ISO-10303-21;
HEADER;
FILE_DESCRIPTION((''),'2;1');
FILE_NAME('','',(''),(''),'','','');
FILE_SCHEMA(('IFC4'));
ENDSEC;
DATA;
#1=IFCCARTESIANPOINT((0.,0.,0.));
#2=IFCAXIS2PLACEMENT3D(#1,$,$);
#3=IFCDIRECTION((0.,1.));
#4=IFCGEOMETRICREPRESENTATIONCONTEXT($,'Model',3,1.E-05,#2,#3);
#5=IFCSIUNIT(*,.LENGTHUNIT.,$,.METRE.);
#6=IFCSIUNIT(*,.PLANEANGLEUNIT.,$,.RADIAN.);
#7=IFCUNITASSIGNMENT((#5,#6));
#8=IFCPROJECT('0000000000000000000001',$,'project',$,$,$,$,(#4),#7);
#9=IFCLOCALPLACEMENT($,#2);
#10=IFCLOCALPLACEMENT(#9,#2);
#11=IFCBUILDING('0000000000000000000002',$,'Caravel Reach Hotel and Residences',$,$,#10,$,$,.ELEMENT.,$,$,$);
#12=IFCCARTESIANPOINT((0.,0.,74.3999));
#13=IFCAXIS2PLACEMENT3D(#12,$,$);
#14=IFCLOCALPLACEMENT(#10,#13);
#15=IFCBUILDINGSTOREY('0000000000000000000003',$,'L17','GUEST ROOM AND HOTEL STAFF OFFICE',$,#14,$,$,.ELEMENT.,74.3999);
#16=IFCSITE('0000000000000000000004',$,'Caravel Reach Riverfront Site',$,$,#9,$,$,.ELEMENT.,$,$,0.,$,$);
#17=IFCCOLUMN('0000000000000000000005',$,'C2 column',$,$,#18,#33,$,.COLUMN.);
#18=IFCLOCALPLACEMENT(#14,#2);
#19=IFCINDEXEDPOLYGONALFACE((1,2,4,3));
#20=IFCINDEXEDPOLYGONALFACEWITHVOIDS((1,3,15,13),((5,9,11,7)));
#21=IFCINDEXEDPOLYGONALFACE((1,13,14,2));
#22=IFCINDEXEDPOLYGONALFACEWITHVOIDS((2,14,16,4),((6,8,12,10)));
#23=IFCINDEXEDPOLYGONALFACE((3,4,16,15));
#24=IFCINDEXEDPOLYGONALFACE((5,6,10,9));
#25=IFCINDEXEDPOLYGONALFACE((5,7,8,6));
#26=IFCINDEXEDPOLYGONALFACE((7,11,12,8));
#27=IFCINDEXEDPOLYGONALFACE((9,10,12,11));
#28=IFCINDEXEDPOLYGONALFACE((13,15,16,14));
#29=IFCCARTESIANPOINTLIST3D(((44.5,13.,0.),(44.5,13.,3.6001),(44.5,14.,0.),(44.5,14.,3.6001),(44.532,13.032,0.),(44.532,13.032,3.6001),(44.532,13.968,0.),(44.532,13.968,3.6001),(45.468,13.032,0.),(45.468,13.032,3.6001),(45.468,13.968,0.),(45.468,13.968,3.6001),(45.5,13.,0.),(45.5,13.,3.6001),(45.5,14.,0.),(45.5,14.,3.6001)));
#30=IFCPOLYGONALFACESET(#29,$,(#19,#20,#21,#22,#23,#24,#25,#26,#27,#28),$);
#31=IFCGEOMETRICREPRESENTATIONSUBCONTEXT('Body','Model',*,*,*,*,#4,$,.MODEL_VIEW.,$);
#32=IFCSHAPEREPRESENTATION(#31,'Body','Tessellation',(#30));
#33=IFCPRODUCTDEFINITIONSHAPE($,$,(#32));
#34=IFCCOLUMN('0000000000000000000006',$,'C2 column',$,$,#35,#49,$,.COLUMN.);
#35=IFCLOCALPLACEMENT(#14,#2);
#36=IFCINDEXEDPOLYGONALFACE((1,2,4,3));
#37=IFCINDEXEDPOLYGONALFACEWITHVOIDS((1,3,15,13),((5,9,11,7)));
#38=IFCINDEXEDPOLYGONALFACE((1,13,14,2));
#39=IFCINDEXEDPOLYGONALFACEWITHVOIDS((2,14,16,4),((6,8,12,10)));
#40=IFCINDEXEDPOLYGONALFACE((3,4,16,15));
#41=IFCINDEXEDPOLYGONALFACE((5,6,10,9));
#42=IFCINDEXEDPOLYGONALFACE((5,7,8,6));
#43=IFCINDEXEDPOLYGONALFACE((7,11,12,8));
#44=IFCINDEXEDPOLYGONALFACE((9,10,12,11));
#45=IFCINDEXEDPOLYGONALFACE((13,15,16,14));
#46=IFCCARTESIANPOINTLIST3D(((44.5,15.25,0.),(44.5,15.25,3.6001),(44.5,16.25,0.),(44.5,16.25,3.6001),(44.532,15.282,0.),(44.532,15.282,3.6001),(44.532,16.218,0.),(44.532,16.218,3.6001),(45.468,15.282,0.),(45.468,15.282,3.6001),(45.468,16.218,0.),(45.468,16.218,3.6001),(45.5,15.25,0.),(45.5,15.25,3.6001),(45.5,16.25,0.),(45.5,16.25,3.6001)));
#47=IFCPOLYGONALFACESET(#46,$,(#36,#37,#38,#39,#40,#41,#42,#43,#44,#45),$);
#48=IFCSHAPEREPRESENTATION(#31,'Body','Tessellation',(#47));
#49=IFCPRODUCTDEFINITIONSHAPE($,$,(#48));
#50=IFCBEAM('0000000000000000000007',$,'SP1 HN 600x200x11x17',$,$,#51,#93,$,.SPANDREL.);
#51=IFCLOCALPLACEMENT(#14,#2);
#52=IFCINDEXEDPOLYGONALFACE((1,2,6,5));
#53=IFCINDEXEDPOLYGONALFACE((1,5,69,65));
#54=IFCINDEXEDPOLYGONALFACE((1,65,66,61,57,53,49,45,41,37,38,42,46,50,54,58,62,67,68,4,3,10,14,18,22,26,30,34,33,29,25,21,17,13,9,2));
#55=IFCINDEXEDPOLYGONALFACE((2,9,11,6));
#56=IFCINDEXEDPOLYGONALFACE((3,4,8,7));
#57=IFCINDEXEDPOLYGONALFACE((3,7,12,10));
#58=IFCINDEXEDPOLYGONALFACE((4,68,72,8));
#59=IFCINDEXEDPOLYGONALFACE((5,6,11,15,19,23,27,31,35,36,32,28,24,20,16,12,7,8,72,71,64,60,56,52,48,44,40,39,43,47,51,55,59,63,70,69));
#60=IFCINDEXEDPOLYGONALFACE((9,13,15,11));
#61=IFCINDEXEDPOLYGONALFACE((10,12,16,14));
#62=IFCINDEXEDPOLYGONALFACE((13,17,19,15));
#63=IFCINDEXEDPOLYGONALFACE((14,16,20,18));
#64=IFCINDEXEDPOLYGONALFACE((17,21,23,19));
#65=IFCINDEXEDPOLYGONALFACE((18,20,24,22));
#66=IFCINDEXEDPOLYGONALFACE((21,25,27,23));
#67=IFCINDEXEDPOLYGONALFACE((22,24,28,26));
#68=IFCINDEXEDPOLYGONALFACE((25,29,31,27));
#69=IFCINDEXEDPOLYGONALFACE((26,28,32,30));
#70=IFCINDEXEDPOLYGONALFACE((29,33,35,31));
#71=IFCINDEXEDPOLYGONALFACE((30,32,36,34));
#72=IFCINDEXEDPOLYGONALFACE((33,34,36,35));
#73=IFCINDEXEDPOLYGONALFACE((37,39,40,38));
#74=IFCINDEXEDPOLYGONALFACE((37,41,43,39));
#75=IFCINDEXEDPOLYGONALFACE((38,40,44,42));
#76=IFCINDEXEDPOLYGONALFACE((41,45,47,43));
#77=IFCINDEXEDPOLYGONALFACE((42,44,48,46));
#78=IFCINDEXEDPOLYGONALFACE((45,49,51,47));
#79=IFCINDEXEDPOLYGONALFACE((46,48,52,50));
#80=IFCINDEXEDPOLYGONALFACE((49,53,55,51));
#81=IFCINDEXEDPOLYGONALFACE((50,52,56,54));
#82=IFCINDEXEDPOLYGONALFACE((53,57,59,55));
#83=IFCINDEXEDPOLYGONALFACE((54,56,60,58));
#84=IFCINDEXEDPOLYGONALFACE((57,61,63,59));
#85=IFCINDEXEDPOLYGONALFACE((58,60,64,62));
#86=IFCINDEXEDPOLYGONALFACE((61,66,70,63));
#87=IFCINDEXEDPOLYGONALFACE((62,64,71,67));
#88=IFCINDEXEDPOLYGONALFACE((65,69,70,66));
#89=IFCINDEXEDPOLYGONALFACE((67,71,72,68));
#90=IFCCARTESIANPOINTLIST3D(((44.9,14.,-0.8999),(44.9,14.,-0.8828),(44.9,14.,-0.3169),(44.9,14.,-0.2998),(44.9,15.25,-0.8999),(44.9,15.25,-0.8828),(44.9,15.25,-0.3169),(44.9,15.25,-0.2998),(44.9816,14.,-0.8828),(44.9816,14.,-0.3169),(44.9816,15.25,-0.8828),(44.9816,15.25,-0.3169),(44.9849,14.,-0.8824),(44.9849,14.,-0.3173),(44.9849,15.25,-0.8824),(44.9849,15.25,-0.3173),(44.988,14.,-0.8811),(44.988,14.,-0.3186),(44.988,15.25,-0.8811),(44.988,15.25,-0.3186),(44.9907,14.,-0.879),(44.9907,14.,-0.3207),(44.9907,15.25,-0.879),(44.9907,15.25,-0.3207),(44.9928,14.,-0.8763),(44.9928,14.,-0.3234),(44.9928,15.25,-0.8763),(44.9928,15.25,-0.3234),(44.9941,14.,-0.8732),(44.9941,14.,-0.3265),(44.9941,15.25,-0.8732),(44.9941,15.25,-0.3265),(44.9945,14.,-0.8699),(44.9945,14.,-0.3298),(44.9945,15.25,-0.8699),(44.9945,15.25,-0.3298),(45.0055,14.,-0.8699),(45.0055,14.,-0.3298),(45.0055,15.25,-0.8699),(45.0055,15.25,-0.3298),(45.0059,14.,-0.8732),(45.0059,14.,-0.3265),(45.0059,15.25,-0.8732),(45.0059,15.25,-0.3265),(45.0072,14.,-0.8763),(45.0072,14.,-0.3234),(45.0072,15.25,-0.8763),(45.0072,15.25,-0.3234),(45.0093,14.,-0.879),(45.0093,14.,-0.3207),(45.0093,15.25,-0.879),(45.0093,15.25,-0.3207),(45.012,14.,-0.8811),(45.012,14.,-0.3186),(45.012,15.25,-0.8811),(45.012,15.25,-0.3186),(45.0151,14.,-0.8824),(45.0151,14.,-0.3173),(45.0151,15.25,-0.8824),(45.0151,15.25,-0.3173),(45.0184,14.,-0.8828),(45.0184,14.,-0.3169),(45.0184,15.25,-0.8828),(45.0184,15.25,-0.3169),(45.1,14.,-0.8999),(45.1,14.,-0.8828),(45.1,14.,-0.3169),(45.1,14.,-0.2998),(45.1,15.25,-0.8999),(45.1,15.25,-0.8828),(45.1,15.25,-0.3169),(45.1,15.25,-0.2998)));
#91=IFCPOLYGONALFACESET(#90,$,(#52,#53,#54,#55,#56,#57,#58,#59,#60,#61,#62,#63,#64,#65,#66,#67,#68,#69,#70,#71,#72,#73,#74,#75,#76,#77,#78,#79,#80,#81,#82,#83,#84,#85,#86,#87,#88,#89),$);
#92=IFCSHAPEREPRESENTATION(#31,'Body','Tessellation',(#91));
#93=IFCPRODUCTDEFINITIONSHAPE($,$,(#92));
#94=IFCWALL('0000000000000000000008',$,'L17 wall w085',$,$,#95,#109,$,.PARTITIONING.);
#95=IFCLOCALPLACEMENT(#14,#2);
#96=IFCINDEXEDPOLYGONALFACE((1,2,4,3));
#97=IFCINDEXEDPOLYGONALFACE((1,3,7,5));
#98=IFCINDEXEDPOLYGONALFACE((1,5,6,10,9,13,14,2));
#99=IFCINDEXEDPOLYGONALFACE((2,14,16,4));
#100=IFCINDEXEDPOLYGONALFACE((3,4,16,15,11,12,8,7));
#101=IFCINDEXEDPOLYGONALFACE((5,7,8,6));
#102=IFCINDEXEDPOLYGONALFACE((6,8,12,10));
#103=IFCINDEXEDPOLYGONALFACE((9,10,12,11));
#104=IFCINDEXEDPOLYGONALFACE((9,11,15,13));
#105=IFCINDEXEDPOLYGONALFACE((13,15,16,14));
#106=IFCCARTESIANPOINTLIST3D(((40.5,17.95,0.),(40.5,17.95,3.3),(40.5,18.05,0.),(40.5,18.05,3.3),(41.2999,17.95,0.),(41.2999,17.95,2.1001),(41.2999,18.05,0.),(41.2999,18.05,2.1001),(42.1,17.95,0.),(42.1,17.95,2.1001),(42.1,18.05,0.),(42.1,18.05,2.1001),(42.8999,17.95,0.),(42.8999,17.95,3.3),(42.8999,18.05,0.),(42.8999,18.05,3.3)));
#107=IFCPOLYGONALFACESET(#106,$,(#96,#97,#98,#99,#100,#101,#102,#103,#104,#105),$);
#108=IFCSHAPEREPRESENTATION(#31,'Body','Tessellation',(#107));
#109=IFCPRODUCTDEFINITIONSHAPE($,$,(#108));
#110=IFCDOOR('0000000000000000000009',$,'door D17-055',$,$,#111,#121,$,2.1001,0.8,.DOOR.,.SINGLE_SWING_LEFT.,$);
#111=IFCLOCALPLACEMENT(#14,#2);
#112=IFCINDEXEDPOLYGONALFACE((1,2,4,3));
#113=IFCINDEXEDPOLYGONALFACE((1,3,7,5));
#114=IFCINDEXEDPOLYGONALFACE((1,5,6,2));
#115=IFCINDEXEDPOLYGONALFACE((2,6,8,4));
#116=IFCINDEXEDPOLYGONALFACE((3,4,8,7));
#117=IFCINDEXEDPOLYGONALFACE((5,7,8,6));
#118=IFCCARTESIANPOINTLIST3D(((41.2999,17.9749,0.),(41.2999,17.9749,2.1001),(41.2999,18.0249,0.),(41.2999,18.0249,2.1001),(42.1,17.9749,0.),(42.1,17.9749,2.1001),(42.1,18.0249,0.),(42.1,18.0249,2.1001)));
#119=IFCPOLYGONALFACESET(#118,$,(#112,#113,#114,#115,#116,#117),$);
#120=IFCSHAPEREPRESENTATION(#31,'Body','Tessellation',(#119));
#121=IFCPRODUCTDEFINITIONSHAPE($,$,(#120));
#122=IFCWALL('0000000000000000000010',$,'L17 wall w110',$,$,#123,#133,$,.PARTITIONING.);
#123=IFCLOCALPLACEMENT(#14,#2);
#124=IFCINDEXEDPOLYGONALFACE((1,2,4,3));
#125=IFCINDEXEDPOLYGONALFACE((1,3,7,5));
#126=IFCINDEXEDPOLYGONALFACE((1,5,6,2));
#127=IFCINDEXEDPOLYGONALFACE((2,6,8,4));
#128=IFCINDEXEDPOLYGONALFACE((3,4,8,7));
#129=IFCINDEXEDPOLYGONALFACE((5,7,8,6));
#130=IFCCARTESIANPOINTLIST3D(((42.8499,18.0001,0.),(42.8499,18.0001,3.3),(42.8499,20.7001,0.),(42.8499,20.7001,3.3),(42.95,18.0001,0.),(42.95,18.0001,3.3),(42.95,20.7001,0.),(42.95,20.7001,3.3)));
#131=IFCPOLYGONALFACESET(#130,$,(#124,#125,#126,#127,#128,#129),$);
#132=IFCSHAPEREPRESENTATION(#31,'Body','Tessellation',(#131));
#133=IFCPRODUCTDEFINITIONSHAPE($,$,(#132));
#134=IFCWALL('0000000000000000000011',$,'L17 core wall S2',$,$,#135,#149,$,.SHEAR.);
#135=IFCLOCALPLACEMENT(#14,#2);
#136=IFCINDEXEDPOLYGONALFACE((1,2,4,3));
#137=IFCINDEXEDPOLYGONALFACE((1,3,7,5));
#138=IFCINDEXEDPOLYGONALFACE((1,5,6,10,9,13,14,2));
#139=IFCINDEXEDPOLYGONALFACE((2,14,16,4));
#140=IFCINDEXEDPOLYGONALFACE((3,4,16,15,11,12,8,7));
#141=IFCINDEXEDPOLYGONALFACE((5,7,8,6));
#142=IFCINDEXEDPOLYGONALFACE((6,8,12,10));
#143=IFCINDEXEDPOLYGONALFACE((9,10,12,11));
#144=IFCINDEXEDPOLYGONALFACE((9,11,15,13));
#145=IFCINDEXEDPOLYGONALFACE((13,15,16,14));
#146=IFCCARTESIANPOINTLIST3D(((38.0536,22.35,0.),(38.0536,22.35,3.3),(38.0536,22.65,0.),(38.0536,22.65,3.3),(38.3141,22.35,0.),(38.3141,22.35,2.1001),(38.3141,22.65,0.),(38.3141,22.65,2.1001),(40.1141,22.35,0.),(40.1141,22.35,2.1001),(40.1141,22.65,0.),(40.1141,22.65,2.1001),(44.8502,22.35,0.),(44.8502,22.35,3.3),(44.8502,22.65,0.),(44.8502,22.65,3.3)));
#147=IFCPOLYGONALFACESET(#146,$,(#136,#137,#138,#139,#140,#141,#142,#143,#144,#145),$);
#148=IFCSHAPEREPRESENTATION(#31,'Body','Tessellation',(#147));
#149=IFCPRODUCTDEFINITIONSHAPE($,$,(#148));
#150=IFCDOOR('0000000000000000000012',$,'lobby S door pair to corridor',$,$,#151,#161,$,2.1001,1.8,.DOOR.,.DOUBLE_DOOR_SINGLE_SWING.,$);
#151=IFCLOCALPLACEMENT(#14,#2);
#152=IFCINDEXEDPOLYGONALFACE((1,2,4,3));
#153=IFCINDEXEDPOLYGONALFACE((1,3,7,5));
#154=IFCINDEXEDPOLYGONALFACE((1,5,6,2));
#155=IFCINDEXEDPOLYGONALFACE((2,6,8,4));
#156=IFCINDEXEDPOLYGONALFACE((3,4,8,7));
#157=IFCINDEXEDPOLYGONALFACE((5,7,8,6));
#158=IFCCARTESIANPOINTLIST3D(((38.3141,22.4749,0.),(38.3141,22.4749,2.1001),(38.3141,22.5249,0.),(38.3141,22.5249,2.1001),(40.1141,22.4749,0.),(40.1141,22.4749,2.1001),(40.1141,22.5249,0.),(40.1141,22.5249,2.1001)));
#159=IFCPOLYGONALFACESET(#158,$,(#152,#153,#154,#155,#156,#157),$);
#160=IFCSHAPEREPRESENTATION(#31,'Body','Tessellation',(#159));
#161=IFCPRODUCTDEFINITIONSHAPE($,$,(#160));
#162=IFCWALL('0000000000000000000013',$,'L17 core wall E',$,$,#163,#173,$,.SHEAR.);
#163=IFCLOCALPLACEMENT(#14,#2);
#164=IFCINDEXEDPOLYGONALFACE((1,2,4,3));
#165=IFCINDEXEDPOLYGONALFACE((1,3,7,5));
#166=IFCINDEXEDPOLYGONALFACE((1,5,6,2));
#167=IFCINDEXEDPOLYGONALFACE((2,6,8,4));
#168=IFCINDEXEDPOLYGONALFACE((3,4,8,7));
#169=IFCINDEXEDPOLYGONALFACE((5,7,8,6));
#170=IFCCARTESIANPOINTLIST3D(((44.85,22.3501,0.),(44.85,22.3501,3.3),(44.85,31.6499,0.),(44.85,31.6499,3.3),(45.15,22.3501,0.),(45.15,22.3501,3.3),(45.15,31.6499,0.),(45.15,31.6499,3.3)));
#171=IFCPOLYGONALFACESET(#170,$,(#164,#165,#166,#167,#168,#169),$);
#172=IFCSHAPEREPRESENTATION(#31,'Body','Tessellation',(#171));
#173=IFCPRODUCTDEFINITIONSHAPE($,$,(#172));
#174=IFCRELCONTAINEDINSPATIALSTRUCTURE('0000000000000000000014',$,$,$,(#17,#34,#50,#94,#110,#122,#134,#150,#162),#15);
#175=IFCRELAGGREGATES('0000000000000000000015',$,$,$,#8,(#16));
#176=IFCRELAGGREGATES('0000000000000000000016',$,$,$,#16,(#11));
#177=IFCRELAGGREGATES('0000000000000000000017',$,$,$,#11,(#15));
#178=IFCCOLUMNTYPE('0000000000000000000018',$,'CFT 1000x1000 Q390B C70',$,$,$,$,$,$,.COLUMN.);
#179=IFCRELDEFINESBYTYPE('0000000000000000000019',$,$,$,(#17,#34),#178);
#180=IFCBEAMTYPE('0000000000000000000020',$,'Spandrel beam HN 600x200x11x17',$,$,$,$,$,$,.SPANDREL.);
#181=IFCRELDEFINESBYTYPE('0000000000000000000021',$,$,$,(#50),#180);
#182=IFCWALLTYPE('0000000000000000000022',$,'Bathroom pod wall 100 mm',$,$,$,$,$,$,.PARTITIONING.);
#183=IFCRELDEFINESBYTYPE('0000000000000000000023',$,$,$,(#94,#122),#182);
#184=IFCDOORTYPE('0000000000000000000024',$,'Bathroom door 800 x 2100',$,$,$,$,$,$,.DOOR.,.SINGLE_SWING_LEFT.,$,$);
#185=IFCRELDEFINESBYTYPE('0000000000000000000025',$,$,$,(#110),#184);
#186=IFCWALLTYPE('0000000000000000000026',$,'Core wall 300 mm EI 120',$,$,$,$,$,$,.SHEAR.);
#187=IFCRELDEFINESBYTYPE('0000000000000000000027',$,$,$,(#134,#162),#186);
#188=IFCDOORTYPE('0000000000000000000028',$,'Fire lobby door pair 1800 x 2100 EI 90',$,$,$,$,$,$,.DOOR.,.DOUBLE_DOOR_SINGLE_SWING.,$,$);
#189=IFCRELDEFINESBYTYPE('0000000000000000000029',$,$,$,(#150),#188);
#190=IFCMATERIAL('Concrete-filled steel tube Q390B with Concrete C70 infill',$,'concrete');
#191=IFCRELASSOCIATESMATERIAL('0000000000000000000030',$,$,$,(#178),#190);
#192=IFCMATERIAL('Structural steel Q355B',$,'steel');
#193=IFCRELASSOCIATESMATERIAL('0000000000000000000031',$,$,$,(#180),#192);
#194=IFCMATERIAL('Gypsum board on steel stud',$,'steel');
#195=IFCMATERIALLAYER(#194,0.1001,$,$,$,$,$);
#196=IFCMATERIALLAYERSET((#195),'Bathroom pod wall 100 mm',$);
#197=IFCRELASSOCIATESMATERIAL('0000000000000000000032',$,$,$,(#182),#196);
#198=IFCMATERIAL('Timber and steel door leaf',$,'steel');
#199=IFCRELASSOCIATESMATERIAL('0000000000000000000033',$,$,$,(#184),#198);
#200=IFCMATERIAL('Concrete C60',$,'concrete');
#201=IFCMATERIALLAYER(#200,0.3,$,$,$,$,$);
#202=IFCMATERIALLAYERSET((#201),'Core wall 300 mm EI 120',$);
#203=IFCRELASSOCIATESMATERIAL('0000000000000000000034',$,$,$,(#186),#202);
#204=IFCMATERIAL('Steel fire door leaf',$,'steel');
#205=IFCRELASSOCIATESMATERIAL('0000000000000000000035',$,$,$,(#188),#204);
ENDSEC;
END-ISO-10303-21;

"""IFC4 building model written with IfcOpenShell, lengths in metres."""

from ifc_helpers import new_model, si_unit, direction, frame, frame_2d, origin, origin_2d, place, context, subcontext, project, spatial, rectangle, hollow_rectangle, i_section, extrude, material, layer, layer_set, material_profile, profile_set, type_object, element, fill, save


model = new_model("IFC4")

# Units and contexts
model_context = context("Model", 3, precision=1e-05, world=origin(), true_north=direction((0.0, 1.0)))
body_context = subcontext(model_context, "Body", "Model", "MODEL_VIEW")
ifc_project = project(units=[si_unit("LENGTHUNIT", "METRE"), si_unit("PLANEANGLEUNIT", "RADIAN")], contexts=[model_context])

# Site, building, storey
site_placement = place(None, origin())
site = spatial("IfcSite", under=ifc_project, at=site_placement, Name="Caravel Reach Riverfront Site", CompositionType="ELEMENT", RefElevation=0.0)
building_placement = place(site_placement, origin())
building = spatial("IfcBuilding", under=site, at=building_placement, Name="Caravel Reach Hotel and Residences", CompositionType="ELEMENT")
storey_placement = place(building_placement, frame((0.0, 0.0, 74.3999)))
storey = spatial("IfcBuildingStorey", under=building, at=storey_placement, Name="L17", Description="GUEST ROOM AND HOTEL STAFF OFFICE", CompositionType="ELEMENT", Elevation=74.3999)

# Columns
ifc_material_1 = material(Name="Concrete-filled steel tube Q390B with Concrete C70 infill", Category="concrete")
ifc_material_profile_1 = material_profile(ifc_material_1, hollow_rectangle(XDim=1.0, YDim=1.0, WallThickness=0.032, at=origin_2d()), Name="RHS 1000x1000x32")
ifc_profile_set_1 = profile_set([ifc_material_profile_1], Name="Concrete-filled steel tube Q390B with Concrete C70 infill")
column_type = type_object("IfcColumnType", Name="CFT 1000x1000 Q390B C70", PredefinedType="COLUMN", material=ifc_profile_set_1)
for number, where, z_axis, x_axis, name in (
    (1, (45.0, 13.5, 0.0), (0.0, 0.0, 1.0), (1.0, 0.0, 0.0), "C2 column"),
    (2, (45.0, 15.75, 0.0), (0.0, 0.0, 1.0), (1.0, 0.0, 0.0), "C2 column"),
):
    element("IfcColumn", number, at=place(storey_placement, frame(where, z_axis=z_axis, x_axis=x_axis)), inside=storey, type_object=column_type, Name=name, PredefinedType="COLUMN", context=body_context, shape_type="SweptSolid", body=[
        extrude(hollow_rectangle(XDim=1.0, YDim=1.0, WallThickness=0.032, at=origin_2d()), origin(), (0.0, 0.0, 1.0), 3.6001),
    ])

# Beam
ifc_material_2 = material(Name="Structural steel Q355B", Category="steel")
ifc_material_profile_2 = material_profile(ifc_material_2, i_section(OverallWidth=0.2, OverallDepth=0.6001, WebThickness=0.011, FlangeThickness=0.0171, FilletRadius=0.0129, at=origin_2d()), Name="HN 600x200x11x17")
ifc_profile_set_2 = profile_set([ifc_material_profile_2], Name="Structural steel Q355B")
beam_type = type_object("IfcBeamType", Name="Spandrel beam HN 600x200x11x17", PredefinedType="SPANDREL", material=ifc_profile_set_2)
beam_placement = place(storey_placement, frame((45.0, 14.0, -0.5999), z_axis=(0.0, 1.0, 0.0), x_axis=(-1.0, 0.0, 0.0)))
element("IfcBeam", 3, at=beam_placement, inside=storey, type_object=beam_type, Name="SP1 HN 600x200x11x17", PredefinedType="SPANDREL", context=body_context, shape_type="SweptSolid", body=[
    extrude(i_section(OverallWidth=0.2, OverallDepth=0.6001, WebThickness=0.011, FlangeThickness=0.0171, FilletRadius=0.0129, at=origin_2d()), origin(), (0.0, 0.0, 1.0), 1.25),
])

# Wall, opening, door
ifc_material_3 = material(Name="Gypsum board on steel stud", Category="steel")
ifc_layer_1 = layer(ifc_material_3, 0.1001)
ifc_layer_set_1 = layer_set([ifc_layer_1], Name="Bathroom pod wall 100 mm")
wall_type_1 = type_object("IfcWallType", Name="Bathroom pod wall 100 mm", PredefinedType="PARTITIONING", material=ifc_layer_set_1)
wall_1_placement = place(storey_placement, frame((40.5, 18.0, 0.0), z_axis=(0.0, 0.0, 1.0), x_axis=(1.0, 0.0, 0.0)))
wall_1 = element("IfcWall", 4, at=wall_1_placement, inside=storey, type_object=wall_type_1, Name="L17 wall w085", PredefinedType="PARTITIONING", context=body_context, shape_type="SweptSolid", body=[
    extrude(rectangle(XDim=2.3999, YDim=0.1001, at=frame_2d((1.2, 0.0))), origin(), (0.0, 0.0, 1.0), 3.3),
])
opening_1_placement = place(wall_1_placement, frame((0.8, 0.0, 0.0)))
opening_1 = element("IfcOpeningElement", 5, at=opening_1_placement, cuts=wall_1, PredefinedType="OPENING", context=body_context, shape_type="SweptSolid", body=[
    extrude(rectangle(XDim=0.8, YDim=2.1001, at=frame_2d((0.3999, 1.05))), frame((0.0, 0.0601, 0.0), z_axis=(0.0, -1.0, 0.0), x_axis=(1.0, 0.0, 0.0)), (0.0, 0.0, 1.0), 0.1201),
])
ifc_material_4 = material(Name="Timber and steel door leaf", Category="steel")
door_type_1 = type_object("IfcDoorType", Name="Bathroom door 800 x 2100", OperationType="SINGLE_SWING_LEFT", PredefinedType="DOOR", material=ifc_material_4)
door_1_placement = place(opening_1_placement, origin())
door_1 = element("IfcDoor", 6, at=door_1_placement, inside=storey, type_object=door_type_1, Name="door D17-055", OperationType="SINGLE_SWING_LEFT", OverallHeight=2.1001, OverallWidth=0.8, PredefinedType="DOOR", context=body_context, shape_type="SweptSolid", body=[
    extrude(rectangle(XDim=0.8, YDim=2.1001, at=frame_2d((0.3999, 1.05))), frame((0.0, 0.0249, 0.0), z_axis=(0.0, -1.0, 0.0), x_axis=(1.0, 0.0, 0.0)), (0.0, 0.0, 1.0), 0.05),
])
fill(opening_1, door_1)

# Wall
wall_2_placement = place(storey_placement, frame((42.8999, 18.0, 0.0), z_axis=(0.0, 0.0, 1.0), x_axis=(0.0, 1.0, 0.0)))
element("IfcWall", 7, at=wall_2_placement, inside=storey, type_object=wall_type_1, Name="L17 wall w110", PredefinedType="PARTITIONING", context=body_context, shape_type="SweptSolid", body=[
    extrude(rectangle(XDim=2.7, YDim=0.1001, at=frame_2d((1.3501, 0.0))), origin(), (0.0, 0.0, 1.0), 3.3),
])

# Wall, opening, door
ifc_material_5 = material(Name="Concrete C60", Category="concrete")
ifc_layer_2 = layer(ifc_material_5, 0.3)
ifc_layer_set_2 = layer_set([ifc_layer_2], Name="Core wall 300 mm EI 120")
wall_type_2 = type_object("IfcWallType", Name="Core wall 300 mm EI 120", PredefinedType="SHEAR", material=ifc_layer_set_2)
wall_3_placement = place(storey_placement, frame((38.0535, 22.5, 0.0), z_axis=(0.0, 0.0, 1.0), x_axis=(1.0, 0.0, 0.0)))
wall_3 = element("IfcWall", 8, at=wall_3_placement, inside=storey, type_object=wall_type_2, Name="L17 core wall S2", PredefinedType="SHEAR", context=body_context, shape_type="SweptSolid", body=[
    extrude(rectangle(XDim=6.7966, YDim=0.3, at=frame_2d((3.3984, 0.0))), origin(), (0.0, 0.0, 1.0), 3.3),
])
opening_2_placement = place(wall_3_placement, frame((0.2607, 0.0, 0.0)))
opening_2 = element("IfcOpeningElement", 9, at=opening_2_placement, cuts=wall_3, PredefinedType="OPENING", context=body_context, shape_type="SweptSolid", body=[
    extrude(rectangle(XDim=1.8, YDim=2.1001, at=frame_2d((0.8999, 1.05))), frame((0.0, 0.1599, 0.0), z_axis=(0.0, -1.0, 0.0), x_axis=(1.0, 0.0, 0.0)), (0.0, 0.0, 1.0), 0.3201),
])
ifc_material_6 = material(Name="Steel fire door leaf", Category="steel")
door_type_2 = type_object("IfcDoorType", Name="Fire lobby door pair 1800 x 2100 EI 90", OperationType="DOUBLE_DOOR_SINGLE_SWING", PredefinedType="DOOR", material=ifc_material_6)
door_2_placement = place(opening_2_placement, origin())
door_2 = element("IfcDoor", 10, at=door_2_placement, inside=storey, type_object=door_type_2, Name="lobby S door pair to corridor", OperationType="DOUBLE_DOOR_SINGLE_SWING", OverallHeight=2.1001, OverallWidth=1.8, PredefinedType="DOOR", context=body_context, shape_type="SweptSolid", body=[
    extrude(rectangle(XDim=1.8, YDim=2.1001, at=frame_2d((0.8999, 1.05))), frame((0.0, 0.0249, 0.0), z_axis=(0.0, -1.0, 0.0), x_axis=(1.0, 0.0, 0.0)), (0.0, 0.0, 1.0), 0.05),
])
fill(opening_2, door_2)

# Wall
wall_4_placement = place(storey_placement, frame((45.0, 22.3501, 0.0), z_axis=(0.0, 0.0, 1.0), x_axis=(0.0, 1.0, 0.0)))
element("IfcWall", 11, at=wall_4_placement, inside=storey, type_object=wall_type_2, Name="L17 core wall E", PredefinedType="SHEAR", context=body_context, shape_type="SweptSolid", body=[
    extrude(rectangle(XDim=9.2998, YDim=0.3, at=frame_2d((4.6499, 0.0))), origin(), (0.0, 0.0, 1.0), 3.3),
])

save(model, "model.ifc")
